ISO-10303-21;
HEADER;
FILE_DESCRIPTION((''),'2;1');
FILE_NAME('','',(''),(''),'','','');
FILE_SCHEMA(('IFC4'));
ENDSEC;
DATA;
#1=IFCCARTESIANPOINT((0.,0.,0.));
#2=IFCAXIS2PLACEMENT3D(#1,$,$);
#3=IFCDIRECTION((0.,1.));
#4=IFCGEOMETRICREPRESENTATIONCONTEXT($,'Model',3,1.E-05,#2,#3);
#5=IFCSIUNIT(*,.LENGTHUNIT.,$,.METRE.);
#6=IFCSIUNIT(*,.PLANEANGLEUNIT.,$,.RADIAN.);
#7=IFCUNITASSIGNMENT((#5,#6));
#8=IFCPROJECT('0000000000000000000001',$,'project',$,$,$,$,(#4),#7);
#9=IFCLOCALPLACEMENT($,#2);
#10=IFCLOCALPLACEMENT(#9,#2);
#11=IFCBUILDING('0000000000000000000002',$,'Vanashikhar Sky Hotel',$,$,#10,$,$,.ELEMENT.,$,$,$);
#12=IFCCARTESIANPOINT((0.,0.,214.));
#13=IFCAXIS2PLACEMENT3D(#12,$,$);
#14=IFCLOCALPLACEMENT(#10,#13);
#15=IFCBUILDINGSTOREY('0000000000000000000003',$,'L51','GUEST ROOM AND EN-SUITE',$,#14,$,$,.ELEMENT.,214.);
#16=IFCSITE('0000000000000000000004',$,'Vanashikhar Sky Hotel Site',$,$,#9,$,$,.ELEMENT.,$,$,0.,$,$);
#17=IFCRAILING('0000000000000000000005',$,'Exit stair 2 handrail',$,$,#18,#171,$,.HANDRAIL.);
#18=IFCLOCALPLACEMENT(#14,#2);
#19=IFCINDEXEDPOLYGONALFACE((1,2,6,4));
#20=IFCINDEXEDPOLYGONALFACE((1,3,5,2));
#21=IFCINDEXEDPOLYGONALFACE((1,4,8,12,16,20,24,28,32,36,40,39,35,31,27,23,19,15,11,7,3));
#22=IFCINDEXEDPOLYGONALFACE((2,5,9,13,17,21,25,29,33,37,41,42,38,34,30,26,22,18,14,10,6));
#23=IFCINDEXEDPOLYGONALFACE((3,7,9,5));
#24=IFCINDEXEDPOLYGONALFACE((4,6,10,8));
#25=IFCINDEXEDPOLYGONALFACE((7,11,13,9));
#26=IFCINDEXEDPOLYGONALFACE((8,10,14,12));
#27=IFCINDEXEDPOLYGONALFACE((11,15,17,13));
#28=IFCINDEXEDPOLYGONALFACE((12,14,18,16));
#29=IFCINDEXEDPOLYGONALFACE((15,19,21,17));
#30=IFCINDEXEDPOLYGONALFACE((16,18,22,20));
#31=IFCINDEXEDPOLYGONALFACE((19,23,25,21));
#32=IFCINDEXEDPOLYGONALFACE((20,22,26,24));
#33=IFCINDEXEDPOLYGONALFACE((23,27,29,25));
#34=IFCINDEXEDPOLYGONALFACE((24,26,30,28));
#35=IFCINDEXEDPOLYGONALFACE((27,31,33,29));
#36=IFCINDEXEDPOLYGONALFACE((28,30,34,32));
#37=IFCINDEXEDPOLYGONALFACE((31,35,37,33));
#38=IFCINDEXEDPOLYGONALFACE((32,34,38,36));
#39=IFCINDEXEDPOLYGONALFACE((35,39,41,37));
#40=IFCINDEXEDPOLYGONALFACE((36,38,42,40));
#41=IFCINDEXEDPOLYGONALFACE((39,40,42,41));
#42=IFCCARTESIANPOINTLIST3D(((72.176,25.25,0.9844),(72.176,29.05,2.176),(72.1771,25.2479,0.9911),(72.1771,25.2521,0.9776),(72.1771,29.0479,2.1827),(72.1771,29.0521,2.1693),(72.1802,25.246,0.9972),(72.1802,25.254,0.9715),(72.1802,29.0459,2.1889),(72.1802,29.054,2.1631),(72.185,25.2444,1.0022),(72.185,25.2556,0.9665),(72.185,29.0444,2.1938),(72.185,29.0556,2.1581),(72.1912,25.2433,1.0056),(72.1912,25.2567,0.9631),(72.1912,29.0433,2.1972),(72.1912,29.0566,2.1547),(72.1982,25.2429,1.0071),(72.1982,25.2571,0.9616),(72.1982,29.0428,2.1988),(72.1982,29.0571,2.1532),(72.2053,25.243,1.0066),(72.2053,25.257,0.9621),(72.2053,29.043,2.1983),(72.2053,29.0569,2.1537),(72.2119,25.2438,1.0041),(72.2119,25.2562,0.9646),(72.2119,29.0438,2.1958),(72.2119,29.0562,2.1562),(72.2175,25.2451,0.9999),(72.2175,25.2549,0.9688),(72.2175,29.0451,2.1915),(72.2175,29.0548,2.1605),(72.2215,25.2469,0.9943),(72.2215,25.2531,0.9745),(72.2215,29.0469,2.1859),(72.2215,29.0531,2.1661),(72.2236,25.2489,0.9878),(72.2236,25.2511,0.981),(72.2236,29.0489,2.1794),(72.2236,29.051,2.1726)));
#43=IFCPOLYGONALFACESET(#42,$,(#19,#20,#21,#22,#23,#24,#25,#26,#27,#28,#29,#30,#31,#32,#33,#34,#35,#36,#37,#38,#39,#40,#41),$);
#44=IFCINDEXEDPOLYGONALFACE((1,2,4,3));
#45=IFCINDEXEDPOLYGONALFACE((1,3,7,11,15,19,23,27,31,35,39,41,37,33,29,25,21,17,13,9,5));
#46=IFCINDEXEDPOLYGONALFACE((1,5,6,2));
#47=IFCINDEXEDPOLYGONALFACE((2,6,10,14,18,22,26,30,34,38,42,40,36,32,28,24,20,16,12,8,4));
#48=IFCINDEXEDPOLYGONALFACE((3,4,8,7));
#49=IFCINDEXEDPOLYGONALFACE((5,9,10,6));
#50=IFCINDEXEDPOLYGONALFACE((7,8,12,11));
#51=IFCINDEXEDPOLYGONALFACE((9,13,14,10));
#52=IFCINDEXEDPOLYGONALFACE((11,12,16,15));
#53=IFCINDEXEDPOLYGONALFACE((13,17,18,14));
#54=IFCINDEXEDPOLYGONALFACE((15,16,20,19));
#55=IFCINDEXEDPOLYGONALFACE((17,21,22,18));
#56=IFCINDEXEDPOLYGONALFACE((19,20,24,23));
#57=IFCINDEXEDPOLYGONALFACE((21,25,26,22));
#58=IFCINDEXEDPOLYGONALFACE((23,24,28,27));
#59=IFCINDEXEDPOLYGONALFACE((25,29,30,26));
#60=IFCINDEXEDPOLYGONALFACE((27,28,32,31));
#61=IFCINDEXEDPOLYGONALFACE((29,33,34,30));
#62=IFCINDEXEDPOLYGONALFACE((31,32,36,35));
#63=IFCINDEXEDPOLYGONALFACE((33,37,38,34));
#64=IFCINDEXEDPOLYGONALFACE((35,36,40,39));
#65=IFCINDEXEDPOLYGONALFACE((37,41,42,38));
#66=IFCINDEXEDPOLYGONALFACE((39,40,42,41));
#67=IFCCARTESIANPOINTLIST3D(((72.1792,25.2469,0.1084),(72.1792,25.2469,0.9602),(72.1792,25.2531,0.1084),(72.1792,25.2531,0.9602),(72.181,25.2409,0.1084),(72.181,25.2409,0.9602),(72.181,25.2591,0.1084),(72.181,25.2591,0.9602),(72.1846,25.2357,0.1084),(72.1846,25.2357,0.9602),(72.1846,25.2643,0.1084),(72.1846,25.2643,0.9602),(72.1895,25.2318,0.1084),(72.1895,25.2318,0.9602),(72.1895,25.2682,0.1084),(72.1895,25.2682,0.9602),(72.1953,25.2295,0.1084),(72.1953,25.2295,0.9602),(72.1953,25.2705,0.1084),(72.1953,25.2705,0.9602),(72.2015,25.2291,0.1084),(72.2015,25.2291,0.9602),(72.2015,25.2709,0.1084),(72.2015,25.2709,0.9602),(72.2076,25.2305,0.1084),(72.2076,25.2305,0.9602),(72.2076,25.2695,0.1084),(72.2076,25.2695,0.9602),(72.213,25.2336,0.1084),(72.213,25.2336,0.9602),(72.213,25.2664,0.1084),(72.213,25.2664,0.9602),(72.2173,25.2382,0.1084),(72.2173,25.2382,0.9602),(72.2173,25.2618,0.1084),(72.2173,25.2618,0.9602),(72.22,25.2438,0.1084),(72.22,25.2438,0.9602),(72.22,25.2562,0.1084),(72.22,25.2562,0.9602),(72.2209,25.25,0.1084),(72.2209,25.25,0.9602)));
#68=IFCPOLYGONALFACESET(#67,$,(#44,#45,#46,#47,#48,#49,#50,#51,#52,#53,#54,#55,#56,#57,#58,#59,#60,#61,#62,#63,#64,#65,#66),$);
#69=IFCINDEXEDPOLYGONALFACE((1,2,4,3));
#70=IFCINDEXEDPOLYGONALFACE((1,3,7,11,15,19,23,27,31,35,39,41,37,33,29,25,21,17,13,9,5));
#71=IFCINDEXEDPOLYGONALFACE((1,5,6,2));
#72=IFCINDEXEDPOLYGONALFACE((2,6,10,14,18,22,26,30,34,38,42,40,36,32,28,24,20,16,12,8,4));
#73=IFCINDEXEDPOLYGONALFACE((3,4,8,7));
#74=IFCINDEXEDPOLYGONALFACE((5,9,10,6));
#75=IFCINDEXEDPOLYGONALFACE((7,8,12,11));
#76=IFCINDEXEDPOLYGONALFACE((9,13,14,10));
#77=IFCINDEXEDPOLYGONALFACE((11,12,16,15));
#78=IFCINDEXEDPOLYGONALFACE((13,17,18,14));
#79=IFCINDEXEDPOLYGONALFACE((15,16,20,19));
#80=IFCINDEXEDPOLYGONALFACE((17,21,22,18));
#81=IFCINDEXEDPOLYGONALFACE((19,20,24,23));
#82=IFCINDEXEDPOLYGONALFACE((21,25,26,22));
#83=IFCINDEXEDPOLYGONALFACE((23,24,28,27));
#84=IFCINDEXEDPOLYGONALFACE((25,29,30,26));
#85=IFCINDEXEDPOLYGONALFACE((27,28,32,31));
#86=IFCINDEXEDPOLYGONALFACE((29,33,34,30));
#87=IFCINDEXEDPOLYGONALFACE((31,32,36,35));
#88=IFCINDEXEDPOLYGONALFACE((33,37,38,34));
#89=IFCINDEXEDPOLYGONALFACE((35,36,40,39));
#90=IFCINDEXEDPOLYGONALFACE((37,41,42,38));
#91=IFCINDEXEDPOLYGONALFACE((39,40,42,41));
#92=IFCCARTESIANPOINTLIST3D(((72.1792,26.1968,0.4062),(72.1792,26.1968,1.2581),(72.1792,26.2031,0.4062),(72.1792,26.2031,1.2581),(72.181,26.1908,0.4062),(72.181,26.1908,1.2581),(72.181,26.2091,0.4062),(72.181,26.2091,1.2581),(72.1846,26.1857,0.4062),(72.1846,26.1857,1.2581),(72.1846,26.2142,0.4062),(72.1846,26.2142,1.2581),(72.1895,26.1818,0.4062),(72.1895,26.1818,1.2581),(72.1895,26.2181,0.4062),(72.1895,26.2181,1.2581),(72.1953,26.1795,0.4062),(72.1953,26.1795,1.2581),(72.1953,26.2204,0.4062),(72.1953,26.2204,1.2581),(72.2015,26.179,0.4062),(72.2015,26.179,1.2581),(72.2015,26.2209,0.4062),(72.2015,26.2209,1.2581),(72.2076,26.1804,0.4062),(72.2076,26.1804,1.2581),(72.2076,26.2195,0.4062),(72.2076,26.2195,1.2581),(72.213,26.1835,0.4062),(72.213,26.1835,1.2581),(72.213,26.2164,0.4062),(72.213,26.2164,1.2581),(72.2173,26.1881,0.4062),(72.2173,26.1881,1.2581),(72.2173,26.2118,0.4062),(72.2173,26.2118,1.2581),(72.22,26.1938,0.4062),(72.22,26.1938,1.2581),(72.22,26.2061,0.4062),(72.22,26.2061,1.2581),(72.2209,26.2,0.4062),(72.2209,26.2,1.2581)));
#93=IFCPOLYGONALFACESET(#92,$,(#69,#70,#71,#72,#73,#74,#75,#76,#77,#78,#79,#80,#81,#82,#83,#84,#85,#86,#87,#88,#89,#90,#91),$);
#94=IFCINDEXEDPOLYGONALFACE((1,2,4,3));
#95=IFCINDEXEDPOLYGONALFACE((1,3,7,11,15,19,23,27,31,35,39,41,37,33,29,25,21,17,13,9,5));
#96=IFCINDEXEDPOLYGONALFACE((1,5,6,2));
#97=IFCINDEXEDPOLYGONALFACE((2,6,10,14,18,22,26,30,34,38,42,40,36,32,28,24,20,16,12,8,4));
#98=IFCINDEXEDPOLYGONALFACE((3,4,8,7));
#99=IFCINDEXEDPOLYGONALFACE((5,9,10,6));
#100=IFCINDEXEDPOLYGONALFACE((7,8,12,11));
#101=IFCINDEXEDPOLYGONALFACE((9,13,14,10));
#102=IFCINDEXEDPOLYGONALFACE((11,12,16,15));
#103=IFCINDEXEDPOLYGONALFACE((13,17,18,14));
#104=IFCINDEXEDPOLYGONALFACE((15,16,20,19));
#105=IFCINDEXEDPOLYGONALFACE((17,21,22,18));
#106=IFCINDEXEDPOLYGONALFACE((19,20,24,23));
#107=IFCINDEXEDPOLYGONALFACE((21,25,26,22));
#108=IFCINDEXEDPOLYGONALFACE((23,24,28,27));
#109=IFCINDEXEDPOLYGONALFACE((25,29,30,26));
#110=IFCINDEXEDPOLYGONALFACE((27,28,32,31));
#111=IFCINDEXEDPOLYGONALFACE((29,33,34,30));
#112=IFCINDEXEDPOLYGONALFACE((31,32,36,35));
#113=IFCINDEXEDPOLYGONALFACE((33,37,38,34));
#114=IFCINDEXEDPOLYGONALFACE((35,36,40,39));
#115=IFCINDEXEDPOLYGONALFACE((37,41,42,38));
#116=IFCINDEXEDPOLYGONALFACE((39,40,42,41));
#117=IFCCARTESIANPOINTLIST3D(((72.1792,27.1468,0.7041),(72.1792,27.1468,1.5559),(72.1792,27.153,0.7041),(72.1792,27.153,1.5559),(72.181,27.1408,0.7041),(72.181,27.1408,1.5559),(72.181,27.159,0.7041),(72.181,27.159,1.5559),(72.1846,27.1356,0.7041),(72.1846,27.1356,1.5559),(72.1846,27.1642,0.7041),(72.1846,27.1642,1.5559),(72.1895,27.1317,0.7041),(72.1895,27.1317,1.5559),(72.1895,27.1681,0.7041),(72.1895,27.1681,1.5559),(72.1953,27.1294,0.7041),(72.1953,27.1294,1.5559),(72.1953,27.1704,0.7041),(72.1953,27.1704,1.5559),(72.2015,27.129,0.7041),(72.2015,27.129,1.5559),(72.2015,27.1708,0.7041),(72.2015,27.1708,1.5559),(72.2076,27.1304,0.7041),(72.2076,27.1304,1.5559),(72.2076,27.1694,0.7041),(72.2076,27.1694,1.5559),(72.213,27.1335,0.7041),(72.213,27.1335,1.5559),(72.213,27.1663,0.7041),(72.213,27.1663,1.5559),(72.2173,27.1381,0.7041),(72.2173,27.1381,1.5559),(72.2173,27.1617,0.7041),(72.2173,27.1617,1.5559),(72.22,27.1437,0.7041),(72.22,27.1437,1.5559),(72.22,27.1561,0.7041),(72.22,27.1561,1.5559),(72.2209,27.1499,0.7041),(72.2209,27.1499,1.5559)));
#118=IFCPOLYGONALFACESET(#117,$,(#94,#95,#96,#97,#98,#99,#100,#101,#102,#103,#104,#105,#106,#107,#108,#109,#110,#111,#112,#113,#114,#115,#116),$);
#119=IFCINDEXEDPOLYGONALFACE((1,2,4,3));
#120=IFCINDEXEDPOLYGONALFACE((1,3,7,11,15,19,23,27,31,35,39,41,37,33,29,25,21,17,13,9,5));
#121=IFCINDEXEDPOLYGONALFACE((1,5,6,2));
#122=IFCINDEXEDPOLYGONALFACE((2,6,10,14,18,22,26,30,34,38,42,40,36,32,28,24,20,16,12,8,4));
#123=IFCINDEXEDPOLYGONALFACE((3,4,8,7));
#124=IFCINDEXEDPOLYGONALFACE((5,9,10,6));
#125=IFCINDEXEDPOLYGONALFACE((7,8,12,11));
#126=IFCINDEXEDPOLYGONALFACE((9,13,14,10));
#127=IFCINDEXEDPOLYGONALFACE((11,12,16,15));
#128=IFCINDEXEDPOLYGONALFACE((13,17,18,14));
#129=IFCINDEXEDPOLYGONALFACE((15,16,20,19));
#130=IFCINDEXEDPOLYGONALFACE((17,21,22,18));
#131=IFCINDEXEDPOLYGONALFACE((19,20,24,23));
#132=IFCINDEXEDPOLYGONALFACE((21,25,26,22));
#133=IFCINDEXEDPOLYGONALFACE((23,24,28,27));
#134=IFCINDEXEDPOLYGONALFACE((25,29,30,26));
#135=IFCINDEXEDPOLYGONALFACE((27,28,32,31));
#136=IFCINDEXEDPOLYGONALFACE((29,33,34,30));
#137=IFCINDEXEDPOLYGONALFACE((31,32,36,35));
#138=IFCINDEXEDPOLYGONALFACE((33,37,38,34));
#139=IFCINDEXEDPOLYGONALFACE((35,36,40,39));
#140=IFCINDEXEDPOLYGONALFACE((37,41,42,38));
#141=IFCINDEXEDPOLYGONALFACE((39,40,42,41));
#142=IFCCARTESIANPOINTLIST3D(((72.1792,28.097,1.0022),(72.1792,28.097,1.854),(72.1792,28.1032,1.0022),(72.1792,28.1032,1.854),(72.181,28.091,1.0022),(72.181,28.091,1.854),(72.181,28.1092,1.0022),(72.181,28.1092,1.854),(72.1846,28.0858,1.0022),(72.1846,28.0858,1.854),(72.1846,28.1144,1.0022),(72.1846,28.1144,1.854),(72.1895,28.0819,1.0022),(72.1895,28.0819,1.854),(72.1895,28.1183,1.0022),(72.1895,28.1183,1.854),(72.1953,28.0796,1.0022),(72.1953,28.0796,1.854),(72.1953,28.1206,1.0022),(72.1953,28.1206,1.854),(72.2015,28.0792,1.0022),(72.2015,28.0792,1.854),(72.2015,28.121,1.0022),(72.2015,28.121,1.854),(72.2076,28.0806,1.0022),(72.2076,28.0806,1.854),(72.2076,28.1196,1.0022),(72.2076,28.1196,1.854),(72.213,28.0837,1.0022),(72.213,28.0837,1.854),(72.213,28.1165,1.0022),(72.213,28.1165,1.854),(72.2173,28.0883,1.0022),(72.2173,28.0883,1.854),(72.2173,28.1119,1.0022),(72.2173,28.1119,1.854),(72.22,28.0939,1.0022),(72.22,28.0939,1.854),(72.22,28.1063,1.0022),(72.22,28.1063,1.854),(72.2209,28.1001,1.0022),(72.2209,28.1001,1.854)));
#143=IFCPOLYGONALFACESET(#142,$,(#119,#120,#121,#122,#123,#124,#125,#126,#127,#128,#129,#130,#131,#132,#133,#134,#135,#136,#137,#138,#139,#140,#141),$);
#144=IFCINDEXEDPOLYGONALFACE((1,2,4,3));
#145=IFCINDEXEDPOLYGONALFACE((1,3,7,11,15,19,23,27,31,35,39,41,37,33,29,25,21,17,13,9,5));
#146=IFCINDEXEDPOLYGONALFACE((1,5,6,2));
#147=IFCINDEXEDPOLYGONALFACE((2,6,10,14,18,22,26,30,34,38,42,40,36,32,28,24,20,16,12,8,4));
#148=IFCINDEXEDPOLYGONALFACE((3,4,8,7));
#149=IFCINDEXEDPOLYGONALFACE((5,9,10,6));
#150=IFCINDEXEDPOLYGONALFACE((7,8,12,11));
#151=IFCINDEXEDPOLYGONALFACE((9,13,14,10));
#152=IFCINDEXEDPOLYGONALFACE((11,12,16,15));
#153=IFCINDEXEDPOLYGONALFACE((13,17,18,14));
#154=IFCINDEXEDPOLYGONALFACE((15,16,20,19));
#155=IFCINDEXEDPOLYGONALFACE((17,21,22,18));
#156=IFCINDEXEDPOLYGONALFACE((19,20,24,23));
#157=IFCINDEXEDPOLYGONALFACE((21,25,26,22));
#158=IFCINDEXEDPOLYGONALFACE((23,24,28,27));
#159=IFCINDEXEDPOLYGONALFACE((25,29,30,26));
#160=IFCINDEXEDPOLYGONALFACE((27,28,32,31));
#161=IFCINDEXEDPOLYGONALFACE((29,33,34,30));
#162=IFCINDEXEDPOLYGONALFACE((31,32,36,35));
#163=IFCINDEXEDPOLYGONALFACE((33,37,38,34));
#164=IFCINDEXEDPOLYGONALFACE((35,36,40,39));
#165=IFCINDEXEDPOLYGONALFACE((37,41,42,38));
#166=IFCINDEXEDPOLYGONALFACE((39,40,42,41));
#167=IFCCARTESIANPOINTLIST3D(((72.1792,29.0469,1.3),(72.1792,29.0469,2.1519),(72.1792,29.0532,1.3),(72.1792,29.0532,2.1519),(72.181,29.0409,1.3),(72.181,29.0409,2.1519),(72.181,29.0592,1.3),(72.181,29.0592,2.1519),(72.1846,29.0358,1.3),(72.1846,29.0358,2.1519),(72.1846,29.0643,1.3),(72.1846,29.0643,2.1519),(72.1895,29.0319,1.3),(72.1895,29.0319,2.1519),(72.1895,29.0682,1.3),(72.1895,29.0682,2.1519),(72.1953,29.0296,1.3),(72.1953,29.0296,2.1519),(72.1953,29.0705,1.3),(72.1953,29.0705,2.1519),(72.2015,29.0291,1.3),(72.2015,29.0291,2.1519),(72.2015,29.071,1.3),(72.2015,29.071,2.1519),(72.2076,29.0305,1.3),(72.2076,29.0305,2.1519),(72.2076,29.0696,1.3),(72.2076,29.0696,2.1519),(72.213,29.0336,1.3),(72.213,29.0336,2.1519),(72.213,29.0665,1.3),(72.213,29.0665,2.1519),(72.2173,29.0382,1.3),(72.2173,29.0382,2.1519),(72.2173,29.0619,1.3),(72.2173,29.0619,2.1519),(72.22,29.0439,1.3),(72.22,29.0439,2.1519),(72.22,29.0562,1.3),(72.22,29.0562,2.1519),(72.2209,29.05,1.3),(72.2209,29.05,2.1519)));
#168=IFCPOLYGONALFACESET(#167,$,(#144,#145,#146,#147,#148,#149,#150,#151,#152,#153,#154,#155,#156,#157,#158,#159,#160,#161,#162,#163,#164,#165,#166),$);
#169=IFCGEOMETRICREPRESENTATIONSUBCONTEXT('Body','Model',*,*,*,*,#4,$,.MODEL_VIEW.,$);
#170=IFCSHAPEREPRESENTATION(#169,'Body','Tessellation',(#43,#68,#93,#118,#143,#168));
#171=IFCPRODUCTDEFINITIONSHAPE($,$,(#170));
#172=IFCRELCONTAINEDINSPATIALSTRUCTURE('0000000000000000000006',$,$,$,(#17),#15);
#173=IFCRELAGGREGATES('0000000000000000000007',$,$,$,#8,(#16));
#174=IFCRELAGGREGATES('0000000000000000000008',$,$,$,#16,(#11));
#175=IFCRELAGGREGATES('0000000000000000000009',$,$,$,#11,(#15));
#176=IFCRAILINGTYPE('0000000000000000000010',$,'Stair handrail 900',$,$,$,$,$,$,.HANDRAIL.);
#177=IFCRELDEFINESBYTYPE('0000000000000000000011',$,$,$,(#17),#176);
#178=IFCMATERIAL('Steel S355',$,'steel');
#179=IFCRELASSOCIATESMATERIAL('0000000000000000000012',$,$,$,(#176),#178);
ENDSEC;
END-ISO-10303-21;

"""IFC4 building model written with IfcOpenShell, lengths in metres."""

from ifc_helpers import new_model, si_unit, direction, frame, origin, origin_2d, place, context, subcontext, project, spatial, circle, extrude, source, transform, mapped, material, type_object, element, save


model = new_model("IFC4")

# Units and contexts
model_context = context("Model", 3, precision=1e-05, world=origin(), true_north=direction((0.0, 1.0)))
body_context = subcontext(model_context, "Body", "Model", "MODEL_VIEW")
ifc_project = project(units=[si_unit("LENGTHUNIT", "METRE"), si_unit("PLANEANGLEUNIT", "RADIAN")], contexts=[model_context])

# Site, building, storey
site_placement = place(None, origin())
site = spatial("IfcSite", under=ifc_project, at=site_placement, Name="Vanashikhar Sky Hotel Site", CompositionType="ELEMENT", RefElevation=0.0)
building_placement = place(site_placement, origin())
building = spatial("IfcBuilding", under=site, at=building_placement, Name="Vanashikhar Sky Hotel", CompositionType="ELEMENT")
storey_placement = place(building_placement, frame((0.0, 0.0, 214.0)))
storey = spatial("IfcBuildingStorey", under=building, at=storey_placement, Name="L51", Description="GUEST ROOM AND EN-SUITE", CompositionType="ELEMENT", Elevation=214.0)

# Railing
ifc_material_1 = material(Name="Steel S355", Category="steel")
railing_type_1 = type_object("IfcRailingType", Name="Stair handrail 900", PredefinedType="HANDRAIL", material=ifc_material_1)
shared_shape_1 = source(origin(), body_context, "Body", "SweptSolid", [
    extrude(circle(Radius=0.0239, at=origin_2d()), frame((0.0, 0.0, 0.876), z_axis=(0.0, 0.954184, 0.299221), x_axis=(-1.0, 0.0, 0.0)), (0.0, 0.0, 1.0), 3.9824),
    extrude(circle(Radius=0.021, at=origin_2d()), origin(), (0.0, 0.0, 1.0), 0.8518),
    extrude(circle(Radius=0.021, at=origin_2d()), frame((0.0, 0.95, 0.2979)), (0.0, 0.0, 1.0), 0.8518),
    extrude(circle(Radius=0.021, at=origin_2d()), frame((0.0, 1.8999, 0.5957)), (0.0, 0.0, 1.0), 0.8518),
    extrude(circle(Radius=0.021, at=origin_2d()), frame((0.0, 2.8501, 0.8938)), (0.0, 0.0, 1.0), 0.8518),
    extrude(circle(Radius=0.021, at=origin_2d()), frame((0.0, 3.8, 1.1917)), (0.0, 0.0, 1.0), 0.8518),
])
for number, where, name in (
    (1, (72.2, 25.25, 0.1084), "Exit stair 2 handrail"),
):
    element("IfcRailing", number, at=place(storey_placement, frame(where)), inside=storey, type_object=railing_type_1, Name=name, PredefinedType="HANDRAIL", context=body_context, shape_type="MappedRepresentation", body=[
        mapped(shared_shape_1, transform((0.0, 0.0, 0.0), scale=1.0)),
    ])

save(model, "model.ifc")
